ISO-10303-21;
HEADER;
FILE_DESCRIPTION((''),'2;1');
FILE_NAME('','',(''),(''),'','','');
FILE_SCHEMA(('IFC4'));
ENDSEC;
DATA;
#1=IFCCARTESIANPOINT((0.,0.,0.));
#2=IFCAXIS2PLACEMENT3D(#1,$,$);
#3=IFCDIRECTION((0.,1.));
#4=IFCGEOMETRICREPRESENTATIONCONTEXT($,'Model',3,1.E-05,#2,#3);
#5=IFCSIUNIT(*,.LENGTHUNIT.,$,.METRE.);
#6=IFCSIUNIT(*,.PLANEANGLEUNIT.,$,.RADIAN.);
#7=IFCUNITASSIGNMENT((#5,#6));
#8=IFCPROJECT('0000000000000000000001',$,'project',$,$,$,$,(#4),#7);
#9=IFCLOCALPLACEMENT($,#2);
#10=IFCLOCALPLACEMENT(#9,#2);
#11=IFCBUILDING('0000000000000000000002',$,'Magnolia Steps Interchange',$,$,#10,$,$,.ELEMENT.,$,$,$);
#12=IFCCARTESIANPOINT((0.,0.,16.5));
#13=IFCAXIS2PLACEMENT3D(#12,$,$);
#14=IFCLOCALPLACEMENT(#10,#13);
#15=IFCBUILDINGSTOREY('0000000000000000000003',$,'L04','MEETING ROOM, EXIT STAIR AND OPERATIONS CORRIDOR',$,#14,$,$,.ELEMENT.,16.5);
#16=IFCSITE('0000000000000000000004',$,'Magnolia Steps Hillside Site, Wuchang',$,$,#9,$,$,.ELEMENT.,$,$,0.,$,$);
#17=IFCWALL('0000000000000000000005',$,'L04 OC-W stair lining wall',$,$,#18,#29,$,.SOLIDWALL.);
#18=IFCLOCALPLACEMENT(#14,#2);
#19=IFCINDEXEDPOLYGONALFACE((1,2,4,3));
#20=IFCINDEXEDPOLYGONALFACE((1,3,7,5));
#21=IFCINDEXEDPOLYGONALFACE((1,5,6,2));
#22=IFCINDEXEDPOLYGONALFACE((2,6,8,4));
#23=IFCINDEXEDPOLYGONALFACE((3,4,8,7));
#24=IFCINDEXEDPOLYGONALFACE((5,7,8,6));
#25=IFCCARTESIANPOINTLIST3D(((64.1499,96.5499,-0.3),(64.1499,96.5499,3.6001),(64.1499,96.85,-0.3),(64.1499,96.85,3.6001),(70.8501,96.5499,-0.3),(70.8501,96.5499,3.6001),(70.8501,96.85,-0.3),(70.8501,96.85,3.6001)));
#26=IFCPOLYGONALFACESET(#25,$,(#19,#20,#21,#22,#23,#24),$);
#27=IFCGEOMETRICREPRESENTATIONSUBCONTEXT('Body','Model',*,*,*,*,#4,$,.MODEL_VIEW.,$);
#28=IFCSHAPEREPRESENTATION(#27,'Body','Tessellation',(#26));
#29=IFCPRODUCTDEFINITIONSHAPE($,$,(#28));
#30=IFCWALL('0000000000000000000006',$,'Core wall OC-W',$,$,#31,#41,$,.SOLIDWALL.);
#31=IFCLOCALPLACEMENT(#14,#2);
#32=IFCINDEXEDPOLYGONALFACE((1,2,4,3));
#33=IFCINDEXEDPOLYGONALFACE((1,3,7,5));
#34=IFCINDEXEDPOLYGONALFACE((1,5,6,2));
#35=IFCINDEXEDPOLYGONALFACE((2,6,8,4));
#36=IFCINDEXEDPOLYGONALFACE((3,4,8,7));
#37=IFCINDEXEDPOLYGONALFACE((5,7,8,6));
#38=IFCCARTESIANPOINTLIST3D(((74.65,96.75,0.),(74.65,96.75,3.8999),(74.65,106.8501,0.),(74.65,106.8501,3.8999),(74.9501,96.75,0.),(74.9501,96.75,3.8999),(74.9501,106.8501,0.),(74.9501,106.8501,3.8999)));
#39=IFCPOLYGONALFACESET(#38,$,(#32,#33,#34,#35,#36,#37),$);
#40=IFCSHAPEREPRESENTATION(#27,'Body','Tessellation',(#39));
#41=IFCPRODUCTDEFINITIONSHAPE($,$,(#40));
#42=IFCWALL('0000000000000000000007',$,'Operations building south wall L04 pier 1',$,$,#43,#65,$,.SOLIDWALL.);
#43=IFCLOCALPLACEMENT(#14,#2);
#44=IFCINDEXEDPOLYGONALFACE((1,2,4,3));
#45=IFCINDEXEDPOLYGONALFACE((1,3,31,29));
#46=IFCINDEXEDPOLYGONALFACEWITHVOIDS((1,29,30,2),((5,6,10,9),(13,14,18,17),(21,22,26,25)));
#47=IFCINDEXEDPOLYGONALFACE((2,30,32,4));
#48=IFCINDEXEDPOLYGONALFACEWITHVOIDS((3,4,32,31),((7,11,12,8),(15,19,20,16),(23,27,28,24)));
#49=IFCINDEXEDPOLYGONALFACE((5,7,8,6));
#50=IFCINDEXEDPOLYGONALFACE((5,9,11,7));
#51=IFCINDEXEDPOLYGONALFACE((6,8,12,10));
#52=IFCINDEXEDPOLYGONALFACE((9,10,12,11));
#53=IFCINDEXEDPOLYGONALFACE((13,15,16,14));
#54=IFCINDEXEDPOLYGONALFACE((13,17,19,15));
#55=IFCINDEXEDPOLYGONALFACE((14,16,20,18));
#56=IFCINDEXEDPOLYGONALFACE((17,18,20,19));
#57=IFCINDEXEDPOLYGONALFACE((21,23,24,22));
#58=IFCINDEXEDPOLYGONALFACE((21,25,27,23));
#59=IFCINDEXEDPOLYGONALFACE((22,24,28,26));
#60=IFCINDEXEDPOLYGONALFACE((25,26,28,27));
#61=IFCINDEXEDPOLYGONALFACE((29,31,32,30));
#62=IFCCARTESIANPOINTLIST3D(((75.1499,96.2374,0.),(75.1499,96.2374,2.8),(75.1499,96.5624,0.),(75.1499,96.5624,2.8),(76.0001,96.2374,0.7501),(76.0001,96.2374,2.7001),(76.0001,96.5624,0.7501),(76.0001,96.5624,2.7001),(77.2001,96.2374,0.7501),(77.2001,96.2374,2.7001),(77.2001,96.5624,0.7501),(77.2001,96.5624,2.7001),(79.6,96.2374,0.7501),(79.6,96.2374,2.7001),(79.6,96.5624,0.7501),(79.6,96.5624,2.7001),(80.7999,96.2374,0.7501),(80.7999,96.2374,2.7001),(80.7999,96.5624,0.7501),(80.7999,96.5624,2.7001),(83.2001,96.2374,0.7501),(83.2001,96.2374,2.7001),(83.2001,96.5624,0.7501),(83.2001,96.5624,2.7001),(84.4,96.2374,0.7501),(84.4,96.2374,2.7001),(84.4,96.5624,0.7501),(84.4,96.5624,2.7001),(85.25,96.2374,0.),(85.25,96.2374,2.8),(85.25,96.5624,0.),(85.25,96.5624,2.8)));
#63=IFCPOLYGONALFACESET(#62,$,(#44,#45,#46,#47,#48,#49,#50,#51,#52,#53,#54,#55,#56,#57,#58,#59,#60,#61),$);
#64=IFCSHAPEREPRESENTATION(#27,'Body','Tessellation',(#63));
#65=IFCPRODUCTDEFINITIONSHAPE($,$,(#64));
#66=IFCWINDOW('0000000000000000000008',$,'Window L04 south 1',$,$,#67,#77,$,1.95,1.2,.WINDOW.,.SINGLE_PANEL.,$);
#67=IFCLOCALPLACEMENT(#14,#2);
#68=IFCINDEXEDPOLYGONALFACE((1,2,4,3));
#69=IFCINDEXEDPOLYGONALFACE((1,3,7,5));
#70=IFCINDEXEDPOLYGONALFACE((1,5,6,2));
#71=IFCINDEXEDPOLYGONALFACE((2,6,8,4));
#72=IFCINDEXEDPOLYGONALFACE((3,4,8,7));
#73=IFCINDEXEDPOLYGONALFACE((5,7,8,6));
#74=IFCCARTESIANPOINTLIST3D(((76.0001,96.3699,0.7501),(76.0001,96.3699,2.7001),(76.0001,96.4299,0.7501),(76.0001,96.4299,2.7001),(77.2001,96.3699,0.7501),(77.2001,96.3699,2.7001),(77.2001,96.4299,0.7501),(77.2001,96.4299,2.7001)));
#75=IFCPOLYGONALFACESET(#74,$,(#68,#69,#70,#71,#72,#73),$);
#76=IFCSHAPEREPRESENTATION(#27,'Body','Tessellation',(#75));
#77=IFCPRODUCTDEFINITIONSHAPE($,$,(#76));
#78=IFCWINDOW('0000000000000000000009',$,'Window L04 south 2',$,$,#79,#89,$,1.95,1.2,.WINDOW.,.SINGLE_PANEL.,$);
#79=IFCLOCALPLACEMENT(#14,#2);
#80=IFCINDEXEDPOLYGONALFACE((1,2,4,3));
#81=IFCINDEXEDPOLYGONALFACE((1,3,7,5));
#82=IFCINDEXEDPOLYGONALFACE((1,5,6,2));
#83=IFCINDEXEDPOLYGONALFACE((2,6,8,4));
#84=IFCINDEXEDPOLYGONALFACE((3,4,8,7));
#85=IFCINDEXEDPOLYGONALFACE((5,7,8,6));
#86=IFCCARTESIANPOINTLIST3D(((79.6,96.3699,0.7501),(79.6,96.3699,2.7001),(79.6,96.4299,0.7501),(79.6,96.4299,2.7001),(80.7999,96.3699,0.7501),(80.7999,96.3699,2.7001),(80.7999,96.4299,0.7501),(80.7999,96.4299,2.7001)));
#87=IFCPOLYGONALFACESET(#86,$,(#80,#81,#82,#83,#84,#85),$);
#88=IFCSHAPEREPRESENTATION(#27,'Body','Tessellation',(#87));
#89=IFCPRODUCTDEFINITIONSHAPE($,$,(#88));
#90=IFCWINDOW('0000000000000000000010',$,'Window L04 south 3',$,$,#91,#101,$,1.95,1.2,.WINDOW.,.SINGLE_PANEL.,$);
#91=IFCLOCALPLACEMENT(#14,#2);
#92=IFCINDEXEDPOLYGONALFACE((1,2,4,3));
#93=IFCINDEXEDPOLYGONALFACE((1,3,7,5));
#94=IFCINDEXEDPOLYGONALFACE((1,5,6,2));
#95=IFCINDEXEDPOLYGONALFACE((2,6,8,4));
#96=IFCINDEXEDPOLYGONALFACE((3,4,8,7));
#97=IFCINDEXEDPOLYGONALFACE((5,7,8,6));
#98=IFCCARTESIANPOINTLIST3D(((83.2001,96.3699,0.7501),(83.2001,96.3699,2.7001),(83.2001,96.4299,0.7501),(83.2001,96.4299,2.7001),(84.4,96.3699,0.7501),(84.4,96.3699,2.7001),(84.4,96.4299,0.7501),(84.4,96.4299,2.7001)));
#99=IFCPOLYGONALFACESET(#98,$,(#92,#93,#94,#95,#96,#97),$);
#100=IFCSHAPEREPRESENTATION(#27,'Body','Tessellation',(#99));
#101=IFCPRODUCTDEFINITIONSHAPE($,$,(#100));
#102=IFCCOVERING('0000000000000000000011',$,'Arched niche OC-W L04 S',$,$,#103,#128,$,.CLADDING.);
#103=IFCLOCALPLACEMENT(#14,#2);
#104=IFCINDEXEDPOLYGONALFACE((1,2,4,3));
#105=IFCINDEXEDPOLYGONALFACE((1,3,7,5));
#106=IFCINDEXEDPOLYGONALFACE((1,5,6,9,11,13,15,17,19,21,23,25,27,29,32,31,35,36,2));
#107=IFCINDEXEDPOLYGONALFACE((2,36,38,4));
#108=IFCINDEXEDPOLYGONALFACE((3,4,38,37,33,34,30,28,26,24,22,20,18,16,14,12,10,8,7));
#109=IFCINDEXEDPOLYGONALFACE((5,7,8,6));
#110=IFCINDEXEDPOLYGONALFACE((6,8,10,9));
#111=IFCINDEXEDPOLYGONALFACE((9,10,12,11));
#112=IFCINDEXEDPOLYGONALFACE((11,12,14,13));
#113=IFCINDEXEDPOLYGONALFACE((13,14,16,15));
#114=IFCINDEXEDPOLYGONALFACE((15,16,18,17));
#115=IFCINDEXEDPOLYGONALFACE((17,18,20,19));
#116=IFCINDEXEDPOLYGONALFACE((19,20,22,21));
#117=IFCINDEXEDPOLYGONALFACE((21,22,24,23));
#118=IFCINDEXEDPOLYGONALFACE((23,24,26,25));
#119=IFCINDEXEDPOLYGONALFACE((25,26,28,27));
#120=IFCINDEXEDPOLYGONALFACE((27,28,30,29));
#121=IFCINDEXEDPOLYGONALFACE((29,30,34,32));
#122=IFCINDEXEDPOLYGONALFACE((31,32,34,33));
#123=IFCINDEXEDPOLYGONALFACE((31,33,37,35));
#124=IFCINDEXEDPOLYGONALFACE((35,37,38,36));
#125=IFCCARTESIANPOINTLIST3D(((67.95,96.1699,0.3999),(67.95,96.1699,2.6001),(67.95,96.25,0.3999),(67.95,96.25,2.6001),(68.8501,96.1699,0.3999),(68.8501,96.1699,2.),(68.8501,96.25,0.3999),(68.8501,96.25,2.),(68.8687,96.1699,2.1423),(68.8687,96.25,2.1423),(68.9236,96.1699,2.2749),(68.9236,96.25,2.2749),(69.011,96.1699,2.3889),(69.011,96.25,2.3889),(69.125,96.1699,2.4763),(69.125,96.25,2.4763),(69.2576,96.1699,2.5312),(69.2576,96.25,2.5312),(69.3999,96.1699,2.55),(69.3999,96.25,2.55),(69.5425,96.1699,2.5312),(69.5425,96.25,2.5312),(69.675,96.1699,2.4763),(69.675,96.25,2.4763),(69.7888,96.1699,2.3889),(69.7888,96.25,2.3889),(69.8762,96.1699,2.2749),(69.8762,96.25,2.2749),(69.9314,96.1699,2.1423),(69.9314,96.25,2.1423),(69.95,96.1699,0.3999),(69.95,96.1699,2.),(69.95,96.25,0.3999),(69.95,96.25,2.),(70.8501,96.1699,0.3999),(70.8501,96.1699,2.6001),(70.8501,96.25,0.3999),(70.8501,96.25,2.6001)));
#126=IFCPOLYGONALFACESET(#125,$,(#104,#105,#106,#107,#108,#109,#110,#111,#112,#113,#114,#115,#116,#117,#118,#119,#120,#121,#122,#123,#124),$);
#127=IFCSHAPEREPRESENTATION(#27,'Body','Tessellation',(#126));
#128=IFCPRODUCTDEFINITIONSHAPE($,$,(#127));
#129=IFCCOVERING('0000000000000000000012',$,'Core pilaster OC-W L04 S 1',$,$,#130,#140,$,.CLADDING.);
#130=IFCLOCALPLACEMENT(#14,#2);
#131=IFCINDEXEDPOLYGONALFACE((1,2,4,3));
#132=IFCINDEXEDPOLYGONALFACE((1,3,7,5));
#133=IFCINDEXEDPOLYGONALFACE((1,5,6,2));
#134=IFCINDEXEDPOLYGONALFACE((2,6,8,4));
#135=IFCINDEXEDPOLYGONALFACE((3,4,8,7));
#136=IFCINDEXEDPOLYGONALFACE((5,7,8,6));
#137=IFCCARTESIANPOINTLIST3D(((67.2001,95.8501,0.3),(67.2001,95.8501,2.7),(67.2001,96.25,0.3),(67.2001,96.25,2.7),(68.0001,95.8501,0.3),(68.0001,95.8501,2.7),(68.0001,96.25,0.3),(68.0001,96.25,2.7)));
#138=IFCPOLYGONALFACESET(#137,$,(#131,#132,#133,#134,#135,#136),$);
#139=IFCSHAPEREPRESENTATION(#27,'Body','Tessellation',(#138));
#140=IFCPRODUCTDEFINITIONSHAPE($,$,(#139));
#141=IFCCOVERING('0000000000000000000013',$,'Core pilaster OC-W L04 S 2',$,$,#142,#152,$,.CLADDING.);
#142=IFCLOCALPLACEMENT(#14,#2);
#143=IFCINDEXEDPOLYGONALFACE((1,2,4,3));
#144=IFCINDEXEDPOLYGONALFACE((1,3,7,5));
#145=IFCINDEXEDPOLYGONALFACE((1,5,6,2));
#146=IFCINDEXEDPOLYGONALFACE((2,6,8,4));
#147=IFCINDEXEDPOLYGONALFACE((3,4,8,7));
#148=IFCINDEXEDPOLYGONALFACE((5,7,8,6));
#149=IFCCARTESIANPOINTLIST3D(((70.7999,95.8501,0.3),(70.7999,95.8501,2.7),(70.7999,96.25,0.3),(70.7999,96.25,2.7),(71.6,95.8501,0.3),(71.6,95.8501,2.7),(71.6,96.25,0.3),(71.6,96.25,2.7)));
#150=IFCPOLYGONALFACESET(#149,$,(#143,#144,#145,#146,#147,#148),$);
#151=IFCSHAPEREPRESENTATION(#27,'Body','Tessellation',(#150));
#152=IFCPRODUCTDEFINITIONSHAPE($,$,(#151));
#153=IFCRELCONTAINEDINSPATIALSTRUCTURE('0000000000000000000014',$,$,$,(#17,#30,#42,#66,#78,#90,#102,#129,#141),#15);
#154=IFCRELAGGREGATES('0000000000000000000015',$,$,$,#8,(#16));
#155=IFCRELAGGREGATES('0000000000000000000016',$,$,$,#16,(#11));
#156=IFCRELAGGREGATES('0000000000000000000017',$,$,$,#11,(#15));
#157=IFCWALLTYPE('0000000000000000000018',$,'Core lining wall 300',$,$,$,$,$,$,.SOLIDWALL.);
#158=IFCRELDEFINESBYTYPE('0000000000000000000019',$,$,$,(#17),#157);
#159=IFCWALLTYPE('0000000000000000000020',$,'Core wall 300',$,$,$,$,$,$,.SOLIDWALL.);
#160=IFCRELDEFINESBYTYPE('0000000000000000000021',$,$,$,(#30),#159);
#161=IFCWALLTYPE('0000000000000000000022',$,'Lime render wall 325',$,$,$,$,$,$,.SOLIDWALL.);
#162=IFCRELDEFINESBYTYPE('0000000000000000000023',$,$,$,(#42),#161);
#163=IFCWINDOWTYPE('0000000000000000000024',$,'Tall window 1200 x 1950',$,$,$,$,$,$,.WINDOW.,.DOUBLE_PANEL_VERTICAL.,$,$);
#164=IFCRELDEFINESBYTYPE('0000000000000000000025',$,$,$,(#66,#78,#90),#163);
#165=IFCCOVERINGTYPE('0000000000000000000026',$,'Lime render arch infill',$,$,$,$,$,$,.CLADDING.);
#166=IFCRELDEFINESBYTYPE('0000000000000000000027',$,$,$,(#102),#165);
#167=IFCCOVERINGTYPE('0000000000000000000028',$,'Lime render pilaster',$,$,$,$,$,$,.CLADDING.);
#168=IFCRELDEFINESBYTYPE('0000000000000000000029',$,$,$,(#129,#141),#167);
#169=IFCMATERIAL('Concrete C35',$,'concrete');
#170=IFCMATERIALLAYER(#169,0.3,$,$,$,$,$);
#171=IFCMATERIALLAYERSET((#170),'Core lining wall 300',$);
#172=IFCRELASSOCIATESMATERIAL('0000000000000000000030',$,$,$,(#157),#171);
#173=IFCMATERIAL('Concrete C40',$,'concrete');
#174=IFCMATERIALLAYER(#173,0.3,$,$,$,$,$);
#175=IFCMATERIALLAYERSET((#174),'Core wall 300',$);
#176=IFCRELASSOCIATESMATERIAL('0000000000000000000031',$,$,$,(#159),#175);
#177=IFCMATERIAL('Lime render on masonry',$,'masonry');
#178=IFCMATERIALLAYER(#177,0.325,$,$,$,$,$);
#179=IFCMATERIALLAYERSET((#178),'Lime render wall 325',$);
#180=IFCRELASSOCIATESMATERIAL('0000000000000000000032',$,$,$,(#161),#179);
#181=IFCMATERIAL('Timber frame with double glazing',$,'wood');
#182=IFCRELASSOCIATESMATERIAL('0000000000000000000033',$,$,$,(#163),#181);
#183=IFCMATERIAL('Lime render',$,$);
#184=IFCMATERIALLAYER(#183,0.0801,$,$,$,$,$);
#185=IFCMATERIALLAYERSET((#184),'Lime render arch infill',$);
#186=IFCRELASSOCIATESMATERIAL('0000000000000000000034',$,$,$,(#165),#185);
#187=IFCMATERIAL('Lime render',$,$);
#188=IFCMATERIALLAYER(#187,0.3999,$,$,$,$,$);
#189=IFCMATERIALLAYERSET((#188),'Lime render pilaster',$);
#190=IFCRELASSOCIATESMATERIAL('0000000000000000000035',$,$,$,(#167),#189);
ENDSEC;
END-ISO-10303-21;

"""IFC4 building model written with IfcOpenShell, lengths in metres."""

from ifc_helpers import new_model, si_unit, direction, frame, frame_2d, origin, origin_2d, place, context, subcontext, project, spatial, polyline, rectangle, outline, extrude, material, layer, layer_set, type_object, element, fill, save


model = new_model("IFC4")

# Units and contexts
model_context = context("Model", 3, precision=1e-05, world=origin(), true_north=direction((0.0, 1.0)))
body_context = subcontext(model_context, "Body", "Model", "MODEL_VIEW")
ifc_project = project(units=[si_unit("LENGTHUNIT", "METRE"), si_unit("PLANEANGLEUNIT", "RADIAN")], contexts=[model_context])

# Site, building, storey
site_placement = place(None, origin())
site = spatial("IfcSite", under=ifc_project, at=site_placement, Name="Magnolia Steps Hillside Site, Wuchang", CompositionType="ELEMENT", RefElevation=0.0)
building_placement = place(site_placement, origin())
building = spatial("IfcBuilding", under=site, at=building_placement, Name="Magnolia Steps Interchange", CompositionType="ELEMENT")
storey_placement = place(building_placement, frame((0.0, 0.0, 16.5)))
storey = spatial("IfcBuildingStorey", under=building, at=storey_placement, Name="L04", Description="MEETING ROOM, EXIT STAIR AND OPERATIONS CORRIDOR", CompositionType="ELEMENT", Elevation=16.5)

# Walls
ifc_material_1 = material(Name="Concrete C35", Category="concrete")
ifc_layer_1 = layer(ifc_material_1, 0.3)
ifc_layer_set_1 = layer_set([ifc_layer_1], Name="Core lining wall 300")
wall_type_1 = type_object("IfcWallType", Name="Core lining wall 300", PredefinedType="SOLIDWALL", material=ifc_layer_set_1)
wall_1_placement = place(storey_placement, frame((70.8501, 96.7, -0.3), z_axis=(0.0, 0.0, 1.0), x_axis=(-1.0, 0.0, 0.0)))
element("IfcWall", 1, at=wall_1_placement, inside=storey, type_object=wall_type_1, Name="L04 OC-W stair lining wall", PredefinedType="SOLIDWALL", context=body_context, shape_type="SweptSolid", body=[
    extrude(rectangle(XDim=6.7002, YDim=0.3, at=frame_2d((3.3501, 0.0))), origin(), (0.0, 0.0, 1.0), 3.9001),
])
ifc_material_2 = material(Name="Concrete C40", Category="concrete")
ifc_layer_2 = layer(ifc_material_2, 0.3)
ifc_layer_set_2 = layer_set([ifc_layer_2], Name="Core wall 300")
wall_type_2 = type_object("IfcWallType", Name="Core wall 300", PredefinedType="SOLIDWALL", material=ifc_layer_set_2)
wall_2_placement = place(storey_placement, frame((74.8, 96.75, 0.0), z_axis=(0.0, 0.0, 1.0), x_axis=(0.0, 1.0, 0.0)))
element("IfcWall", 2, at=wall_2_placement, inside=storey, type_object=wall_type_2, Name="Core wall OC-W", PredefinedType="SOLIDWALL", context=body_context, shape_type="SweptSolid", body=[
    extrude(rectangle(XDim=10.1001, YDim=0.3, at=frame_2d((5.05, 0.0))), origin(), (0.0, 0.0, 1.0), 3.8999),
])

# Wall, openings, windows
ifc_material_3 = material(Name="Lime render on masonry", Category="masonry")
ifc_layer_3 = layer(ifc_material_3, 0.325)
ifc_layer_set_3 = layer_set([ifc_layer_3], Name="Lime render wall 325")
wall_type_3 = type_object("IfcWallType", Name="Lime render wall 325", PredefinedType="SOLIDWALL", material=ifc_layer_set_3)
wall_3_placement = place(storey_placement, frame((75.1499, 96.3999, 0.0), z_axis=(0.0, 0.0, 1.0), x_axis=(1.0, 0.0, 0.0)))
wall_3 = element("IfcWall", 3, at=wall_3_placement, inside=storey, type_object=wall_type_3, Name="Operations building south wall L04 pier 1", PredefinedType="SOLIDWALL", context=body_context, shape_type="SweptSolid", body=[
    extrude(rectangle(XDim=10.1001, YDim=0.325, at=frame_2d((5.05, 0.0))), origin(), (0.0, 0.0, 1.0), 2.8),
])
opening_1_placement = place(wall_3_placement, frame((0.8501, 0.0, 0.75)))
opening_1 = element("IfcOpeningElement", 4, at=opening_1_placement, cuts=wall_3, PredefinedType="OPENING", context=body_context, shape_type="SweptSolid", body=[
    extrude(rectangle(XDim=1.2, YDim=1.95, at=frame_2d((0.6001, 0.9751))), frame((0.0, 0.1724, 0.0), z_axis=(0.0, -1.0, 0.0), x_axis=(1.0, 0.0, 0.0)), (0.0, 0.0, 1.0), 0.345),
])
opening_2_placement = place(wall_3_placement, frame((4.45, 0.0, 0.75)))
opening_2 = element("IfcOpeningElement", 5, at=opening_2_placement, cuts=wall_3, PredefinedType="OPENING", context=body_context, shape_type="SweptSolid", body=[
    extrude(rectangle(XDim=1.2, YDim=1.95, at=frame_2d((0.6001, 0.9751))), frame((0.0, 0.1724, 0.0), z_axis=(0.0, -1.0, 0.0), x_axis=(1.0, 0.0, 0.0)), (0.0, 0.0, 1.0), 0.345),
])
opening_3_placement = place(wall_3_placement, frame((8.05, 0.0, 0.75)))
opening_3 = element("IfcOpeningElement", 6, at=opening_3_placement, cuts=wall_3, PredefinedType="OPENING", context=body_context, shape_type="SweptSolid", body=[
    extrude(rectangle(XDim=1.2, YDim=1.95, at=frame_2d((0.6001, 0.9751))), frame((0.0, 0.1724, 0.0), z_axis=(0.0, -1.0, 0.0), x_axis=(1.0, 0.0, 0.0)), (0.0, 0.0, 1.0), 0.345),
])
ifc_material_4 = material(Name="Timber frame with double glazing", Category="wood")
window_type = type_object("IfcWindowType", Name="Tall window 1200 x 1950", PartitioningType="DOUBLE_PANEL_VERTICAL", PredefinedType="WINDOW", material=ifc_material_4)
window_1_placement = place(opening_1_placement, origin())
window_1 = element("IfcWindow", 7, at=window_1_placement, inside=storey, type_object=window_type, Name="Window L04 south 1", OverallHeight=1.95, OverallWidth=1.2, PartitioningType="SINGLE_PANEL", PredefinedType="WINDOW", context=body_context, shape_type="SweptSolid", body=[
    extrude(rectangle(XDim=1.2, YDim=1.95, at=frame_2d((0.6001, 0.9751))), frame((0.0, 0.03, 0.0), z_axis=(0.0, -1.0, 0.0), x_axis=(1.0, 0.0, 0.0)), (0.0, 0.0, 1.0), 0.0601),
])
fill(opening_1, window_1)
window_2_placement = place(opening_2_placement, origin())
window_2 = element("IfcWindow", 8, at=window_2_placement, inside=storey, type_object=window_type, Name="Window L04 south 2", OverallHeight=1.95, OverallWidth=1.2, PartitioningType="SINGLE_PANEL", PredefinedType="WINDOW", context=body_context, shape_type="SweptSolid", body=[
    extrude(rectangle(XDim=1.2, YDim=1.95, at=frame_2d((0.6001, 0.9751))), frame((0.0, 0.03, 0.0), z_axis=(0.0, -1.0, 0.0), x_axis=(1.0, 0.0, 0.0)), (0.0, 0.0, 1.0), 0.0601),
])
fill(opening_2, window_2)
window_3_placement = place(opening_3_placement, origin())
window_3 = element("IfcWindow", 9, at=window_3_placement, inside=storey, type_object=window_type, Name="Window L04 south 3", OverallHeight=1.95, OverallWidth=1.2, PartitioningType="SINGLE_PANEL", PredefinedType="WINDOW", context=body_context, shape_type="SweptSolid", body=[
    extrude(rectangle(XDim=1.2, YDim=1.95, at=frame_2d((0.6001, 0.9751))), frame((0.0, 0.03, 0.0), z_axis=(0.0, -1.0, 0.0), x_axis=(1.0, 0.0, 0.0)), (0.0, 0.0, 1.0), 0.0601),
])
fill(opening_3, window_3)

# Coverings
ifc_material_5 = material(Name="Lime render")
ifc_layer_4 = layer(ifc_material_5, 0.0801)
ifc_layer_set_4 = layer_set([ifc_layer_4], Name="Lime render arch infill")
covering_type_1 = type_object("IfcCoveringType", Name="Lime render arch infill", PredefinedType="CLADDING", material=ifc_layer_set_4)
covering_placement = place(storey_placement, frame((67.95, 96.25, 0.3999), z_axis=(0.0, 1.0, 0.0), x_axis=(0.0, 0.0, 1.0)))
element("IfcCovering", 10, at=covering_placement, inside=storey, type_object=covering_type_1, Name="Arched niche OC-W L04 S", PredefinedType="CLADDING", context=body_context, shape_type="SweptSolid", body=[
    extrude(outline(polyline([(0.0, 0.0), (2.2002, 0.0), (2.2002, 2.9001), (0.0, 2.9001), (0.0, 2.0), (1.6001, 2.0), (1.7424, 1.9814), (1.875, 1.9263), (1.989, 1.8389), (2.0764, 1.7251), (2.1313, 1.5925), (2.1501, 1.45), (2.1313, 1.3076), (2.0764, 1.175), (1.989, 1.061), (1.875, 0.9736), (1.7424, 0.9187), (1.6001, 0.9001), (0.0, 0.9001), (0.0, 0.0)])), origin(), (0.0, 0.0, -1.0), 0.0801),
])
ifc_material_6 = material(Name="Lime render")
ifc_layer_5 = layer(ifc_material_6, 0.3999)
ifc_layer_set_5 = layer_set([ifc_layer_5], Name="Lime render pilaster")
covering_type_2 = type_object("IfcCoveringType", Name="Lime render pilaster", PredefinedType="CLADDING", material=ifc_layer_set_5)
for number, where, z_axis, x_axis, name in (
    (11, (67.6001, 96.05, 0.3), (0.0, 0.0, 1.0), (1.0, 0.0, 0.0), "Core pilaster OC-W L04 S 1"),
    (12, (71.2, 96.05, 0.3), (0.0, 0.0, 1.0), (1.0, 0.0, 0.0), "Core pilaster OC-W L04 S 2"),
):
    element("IfcCovering", number, at=place(storey_placement, frame(where, z_axis=z_axis, x_axis=x_axis)), inside=storey, type_object=covering_type_2, Name=name, PredefinedType="CLADDING", context=body_context, shape_type="SweptSolid", body=[
        extrude(rectangle(XDim=0.8, YDim=0.3999, at=origin_2d()), origin(), (0.0, 0.0, 1.0), 2.3999),
    ])

save(model, "model.ifc")
